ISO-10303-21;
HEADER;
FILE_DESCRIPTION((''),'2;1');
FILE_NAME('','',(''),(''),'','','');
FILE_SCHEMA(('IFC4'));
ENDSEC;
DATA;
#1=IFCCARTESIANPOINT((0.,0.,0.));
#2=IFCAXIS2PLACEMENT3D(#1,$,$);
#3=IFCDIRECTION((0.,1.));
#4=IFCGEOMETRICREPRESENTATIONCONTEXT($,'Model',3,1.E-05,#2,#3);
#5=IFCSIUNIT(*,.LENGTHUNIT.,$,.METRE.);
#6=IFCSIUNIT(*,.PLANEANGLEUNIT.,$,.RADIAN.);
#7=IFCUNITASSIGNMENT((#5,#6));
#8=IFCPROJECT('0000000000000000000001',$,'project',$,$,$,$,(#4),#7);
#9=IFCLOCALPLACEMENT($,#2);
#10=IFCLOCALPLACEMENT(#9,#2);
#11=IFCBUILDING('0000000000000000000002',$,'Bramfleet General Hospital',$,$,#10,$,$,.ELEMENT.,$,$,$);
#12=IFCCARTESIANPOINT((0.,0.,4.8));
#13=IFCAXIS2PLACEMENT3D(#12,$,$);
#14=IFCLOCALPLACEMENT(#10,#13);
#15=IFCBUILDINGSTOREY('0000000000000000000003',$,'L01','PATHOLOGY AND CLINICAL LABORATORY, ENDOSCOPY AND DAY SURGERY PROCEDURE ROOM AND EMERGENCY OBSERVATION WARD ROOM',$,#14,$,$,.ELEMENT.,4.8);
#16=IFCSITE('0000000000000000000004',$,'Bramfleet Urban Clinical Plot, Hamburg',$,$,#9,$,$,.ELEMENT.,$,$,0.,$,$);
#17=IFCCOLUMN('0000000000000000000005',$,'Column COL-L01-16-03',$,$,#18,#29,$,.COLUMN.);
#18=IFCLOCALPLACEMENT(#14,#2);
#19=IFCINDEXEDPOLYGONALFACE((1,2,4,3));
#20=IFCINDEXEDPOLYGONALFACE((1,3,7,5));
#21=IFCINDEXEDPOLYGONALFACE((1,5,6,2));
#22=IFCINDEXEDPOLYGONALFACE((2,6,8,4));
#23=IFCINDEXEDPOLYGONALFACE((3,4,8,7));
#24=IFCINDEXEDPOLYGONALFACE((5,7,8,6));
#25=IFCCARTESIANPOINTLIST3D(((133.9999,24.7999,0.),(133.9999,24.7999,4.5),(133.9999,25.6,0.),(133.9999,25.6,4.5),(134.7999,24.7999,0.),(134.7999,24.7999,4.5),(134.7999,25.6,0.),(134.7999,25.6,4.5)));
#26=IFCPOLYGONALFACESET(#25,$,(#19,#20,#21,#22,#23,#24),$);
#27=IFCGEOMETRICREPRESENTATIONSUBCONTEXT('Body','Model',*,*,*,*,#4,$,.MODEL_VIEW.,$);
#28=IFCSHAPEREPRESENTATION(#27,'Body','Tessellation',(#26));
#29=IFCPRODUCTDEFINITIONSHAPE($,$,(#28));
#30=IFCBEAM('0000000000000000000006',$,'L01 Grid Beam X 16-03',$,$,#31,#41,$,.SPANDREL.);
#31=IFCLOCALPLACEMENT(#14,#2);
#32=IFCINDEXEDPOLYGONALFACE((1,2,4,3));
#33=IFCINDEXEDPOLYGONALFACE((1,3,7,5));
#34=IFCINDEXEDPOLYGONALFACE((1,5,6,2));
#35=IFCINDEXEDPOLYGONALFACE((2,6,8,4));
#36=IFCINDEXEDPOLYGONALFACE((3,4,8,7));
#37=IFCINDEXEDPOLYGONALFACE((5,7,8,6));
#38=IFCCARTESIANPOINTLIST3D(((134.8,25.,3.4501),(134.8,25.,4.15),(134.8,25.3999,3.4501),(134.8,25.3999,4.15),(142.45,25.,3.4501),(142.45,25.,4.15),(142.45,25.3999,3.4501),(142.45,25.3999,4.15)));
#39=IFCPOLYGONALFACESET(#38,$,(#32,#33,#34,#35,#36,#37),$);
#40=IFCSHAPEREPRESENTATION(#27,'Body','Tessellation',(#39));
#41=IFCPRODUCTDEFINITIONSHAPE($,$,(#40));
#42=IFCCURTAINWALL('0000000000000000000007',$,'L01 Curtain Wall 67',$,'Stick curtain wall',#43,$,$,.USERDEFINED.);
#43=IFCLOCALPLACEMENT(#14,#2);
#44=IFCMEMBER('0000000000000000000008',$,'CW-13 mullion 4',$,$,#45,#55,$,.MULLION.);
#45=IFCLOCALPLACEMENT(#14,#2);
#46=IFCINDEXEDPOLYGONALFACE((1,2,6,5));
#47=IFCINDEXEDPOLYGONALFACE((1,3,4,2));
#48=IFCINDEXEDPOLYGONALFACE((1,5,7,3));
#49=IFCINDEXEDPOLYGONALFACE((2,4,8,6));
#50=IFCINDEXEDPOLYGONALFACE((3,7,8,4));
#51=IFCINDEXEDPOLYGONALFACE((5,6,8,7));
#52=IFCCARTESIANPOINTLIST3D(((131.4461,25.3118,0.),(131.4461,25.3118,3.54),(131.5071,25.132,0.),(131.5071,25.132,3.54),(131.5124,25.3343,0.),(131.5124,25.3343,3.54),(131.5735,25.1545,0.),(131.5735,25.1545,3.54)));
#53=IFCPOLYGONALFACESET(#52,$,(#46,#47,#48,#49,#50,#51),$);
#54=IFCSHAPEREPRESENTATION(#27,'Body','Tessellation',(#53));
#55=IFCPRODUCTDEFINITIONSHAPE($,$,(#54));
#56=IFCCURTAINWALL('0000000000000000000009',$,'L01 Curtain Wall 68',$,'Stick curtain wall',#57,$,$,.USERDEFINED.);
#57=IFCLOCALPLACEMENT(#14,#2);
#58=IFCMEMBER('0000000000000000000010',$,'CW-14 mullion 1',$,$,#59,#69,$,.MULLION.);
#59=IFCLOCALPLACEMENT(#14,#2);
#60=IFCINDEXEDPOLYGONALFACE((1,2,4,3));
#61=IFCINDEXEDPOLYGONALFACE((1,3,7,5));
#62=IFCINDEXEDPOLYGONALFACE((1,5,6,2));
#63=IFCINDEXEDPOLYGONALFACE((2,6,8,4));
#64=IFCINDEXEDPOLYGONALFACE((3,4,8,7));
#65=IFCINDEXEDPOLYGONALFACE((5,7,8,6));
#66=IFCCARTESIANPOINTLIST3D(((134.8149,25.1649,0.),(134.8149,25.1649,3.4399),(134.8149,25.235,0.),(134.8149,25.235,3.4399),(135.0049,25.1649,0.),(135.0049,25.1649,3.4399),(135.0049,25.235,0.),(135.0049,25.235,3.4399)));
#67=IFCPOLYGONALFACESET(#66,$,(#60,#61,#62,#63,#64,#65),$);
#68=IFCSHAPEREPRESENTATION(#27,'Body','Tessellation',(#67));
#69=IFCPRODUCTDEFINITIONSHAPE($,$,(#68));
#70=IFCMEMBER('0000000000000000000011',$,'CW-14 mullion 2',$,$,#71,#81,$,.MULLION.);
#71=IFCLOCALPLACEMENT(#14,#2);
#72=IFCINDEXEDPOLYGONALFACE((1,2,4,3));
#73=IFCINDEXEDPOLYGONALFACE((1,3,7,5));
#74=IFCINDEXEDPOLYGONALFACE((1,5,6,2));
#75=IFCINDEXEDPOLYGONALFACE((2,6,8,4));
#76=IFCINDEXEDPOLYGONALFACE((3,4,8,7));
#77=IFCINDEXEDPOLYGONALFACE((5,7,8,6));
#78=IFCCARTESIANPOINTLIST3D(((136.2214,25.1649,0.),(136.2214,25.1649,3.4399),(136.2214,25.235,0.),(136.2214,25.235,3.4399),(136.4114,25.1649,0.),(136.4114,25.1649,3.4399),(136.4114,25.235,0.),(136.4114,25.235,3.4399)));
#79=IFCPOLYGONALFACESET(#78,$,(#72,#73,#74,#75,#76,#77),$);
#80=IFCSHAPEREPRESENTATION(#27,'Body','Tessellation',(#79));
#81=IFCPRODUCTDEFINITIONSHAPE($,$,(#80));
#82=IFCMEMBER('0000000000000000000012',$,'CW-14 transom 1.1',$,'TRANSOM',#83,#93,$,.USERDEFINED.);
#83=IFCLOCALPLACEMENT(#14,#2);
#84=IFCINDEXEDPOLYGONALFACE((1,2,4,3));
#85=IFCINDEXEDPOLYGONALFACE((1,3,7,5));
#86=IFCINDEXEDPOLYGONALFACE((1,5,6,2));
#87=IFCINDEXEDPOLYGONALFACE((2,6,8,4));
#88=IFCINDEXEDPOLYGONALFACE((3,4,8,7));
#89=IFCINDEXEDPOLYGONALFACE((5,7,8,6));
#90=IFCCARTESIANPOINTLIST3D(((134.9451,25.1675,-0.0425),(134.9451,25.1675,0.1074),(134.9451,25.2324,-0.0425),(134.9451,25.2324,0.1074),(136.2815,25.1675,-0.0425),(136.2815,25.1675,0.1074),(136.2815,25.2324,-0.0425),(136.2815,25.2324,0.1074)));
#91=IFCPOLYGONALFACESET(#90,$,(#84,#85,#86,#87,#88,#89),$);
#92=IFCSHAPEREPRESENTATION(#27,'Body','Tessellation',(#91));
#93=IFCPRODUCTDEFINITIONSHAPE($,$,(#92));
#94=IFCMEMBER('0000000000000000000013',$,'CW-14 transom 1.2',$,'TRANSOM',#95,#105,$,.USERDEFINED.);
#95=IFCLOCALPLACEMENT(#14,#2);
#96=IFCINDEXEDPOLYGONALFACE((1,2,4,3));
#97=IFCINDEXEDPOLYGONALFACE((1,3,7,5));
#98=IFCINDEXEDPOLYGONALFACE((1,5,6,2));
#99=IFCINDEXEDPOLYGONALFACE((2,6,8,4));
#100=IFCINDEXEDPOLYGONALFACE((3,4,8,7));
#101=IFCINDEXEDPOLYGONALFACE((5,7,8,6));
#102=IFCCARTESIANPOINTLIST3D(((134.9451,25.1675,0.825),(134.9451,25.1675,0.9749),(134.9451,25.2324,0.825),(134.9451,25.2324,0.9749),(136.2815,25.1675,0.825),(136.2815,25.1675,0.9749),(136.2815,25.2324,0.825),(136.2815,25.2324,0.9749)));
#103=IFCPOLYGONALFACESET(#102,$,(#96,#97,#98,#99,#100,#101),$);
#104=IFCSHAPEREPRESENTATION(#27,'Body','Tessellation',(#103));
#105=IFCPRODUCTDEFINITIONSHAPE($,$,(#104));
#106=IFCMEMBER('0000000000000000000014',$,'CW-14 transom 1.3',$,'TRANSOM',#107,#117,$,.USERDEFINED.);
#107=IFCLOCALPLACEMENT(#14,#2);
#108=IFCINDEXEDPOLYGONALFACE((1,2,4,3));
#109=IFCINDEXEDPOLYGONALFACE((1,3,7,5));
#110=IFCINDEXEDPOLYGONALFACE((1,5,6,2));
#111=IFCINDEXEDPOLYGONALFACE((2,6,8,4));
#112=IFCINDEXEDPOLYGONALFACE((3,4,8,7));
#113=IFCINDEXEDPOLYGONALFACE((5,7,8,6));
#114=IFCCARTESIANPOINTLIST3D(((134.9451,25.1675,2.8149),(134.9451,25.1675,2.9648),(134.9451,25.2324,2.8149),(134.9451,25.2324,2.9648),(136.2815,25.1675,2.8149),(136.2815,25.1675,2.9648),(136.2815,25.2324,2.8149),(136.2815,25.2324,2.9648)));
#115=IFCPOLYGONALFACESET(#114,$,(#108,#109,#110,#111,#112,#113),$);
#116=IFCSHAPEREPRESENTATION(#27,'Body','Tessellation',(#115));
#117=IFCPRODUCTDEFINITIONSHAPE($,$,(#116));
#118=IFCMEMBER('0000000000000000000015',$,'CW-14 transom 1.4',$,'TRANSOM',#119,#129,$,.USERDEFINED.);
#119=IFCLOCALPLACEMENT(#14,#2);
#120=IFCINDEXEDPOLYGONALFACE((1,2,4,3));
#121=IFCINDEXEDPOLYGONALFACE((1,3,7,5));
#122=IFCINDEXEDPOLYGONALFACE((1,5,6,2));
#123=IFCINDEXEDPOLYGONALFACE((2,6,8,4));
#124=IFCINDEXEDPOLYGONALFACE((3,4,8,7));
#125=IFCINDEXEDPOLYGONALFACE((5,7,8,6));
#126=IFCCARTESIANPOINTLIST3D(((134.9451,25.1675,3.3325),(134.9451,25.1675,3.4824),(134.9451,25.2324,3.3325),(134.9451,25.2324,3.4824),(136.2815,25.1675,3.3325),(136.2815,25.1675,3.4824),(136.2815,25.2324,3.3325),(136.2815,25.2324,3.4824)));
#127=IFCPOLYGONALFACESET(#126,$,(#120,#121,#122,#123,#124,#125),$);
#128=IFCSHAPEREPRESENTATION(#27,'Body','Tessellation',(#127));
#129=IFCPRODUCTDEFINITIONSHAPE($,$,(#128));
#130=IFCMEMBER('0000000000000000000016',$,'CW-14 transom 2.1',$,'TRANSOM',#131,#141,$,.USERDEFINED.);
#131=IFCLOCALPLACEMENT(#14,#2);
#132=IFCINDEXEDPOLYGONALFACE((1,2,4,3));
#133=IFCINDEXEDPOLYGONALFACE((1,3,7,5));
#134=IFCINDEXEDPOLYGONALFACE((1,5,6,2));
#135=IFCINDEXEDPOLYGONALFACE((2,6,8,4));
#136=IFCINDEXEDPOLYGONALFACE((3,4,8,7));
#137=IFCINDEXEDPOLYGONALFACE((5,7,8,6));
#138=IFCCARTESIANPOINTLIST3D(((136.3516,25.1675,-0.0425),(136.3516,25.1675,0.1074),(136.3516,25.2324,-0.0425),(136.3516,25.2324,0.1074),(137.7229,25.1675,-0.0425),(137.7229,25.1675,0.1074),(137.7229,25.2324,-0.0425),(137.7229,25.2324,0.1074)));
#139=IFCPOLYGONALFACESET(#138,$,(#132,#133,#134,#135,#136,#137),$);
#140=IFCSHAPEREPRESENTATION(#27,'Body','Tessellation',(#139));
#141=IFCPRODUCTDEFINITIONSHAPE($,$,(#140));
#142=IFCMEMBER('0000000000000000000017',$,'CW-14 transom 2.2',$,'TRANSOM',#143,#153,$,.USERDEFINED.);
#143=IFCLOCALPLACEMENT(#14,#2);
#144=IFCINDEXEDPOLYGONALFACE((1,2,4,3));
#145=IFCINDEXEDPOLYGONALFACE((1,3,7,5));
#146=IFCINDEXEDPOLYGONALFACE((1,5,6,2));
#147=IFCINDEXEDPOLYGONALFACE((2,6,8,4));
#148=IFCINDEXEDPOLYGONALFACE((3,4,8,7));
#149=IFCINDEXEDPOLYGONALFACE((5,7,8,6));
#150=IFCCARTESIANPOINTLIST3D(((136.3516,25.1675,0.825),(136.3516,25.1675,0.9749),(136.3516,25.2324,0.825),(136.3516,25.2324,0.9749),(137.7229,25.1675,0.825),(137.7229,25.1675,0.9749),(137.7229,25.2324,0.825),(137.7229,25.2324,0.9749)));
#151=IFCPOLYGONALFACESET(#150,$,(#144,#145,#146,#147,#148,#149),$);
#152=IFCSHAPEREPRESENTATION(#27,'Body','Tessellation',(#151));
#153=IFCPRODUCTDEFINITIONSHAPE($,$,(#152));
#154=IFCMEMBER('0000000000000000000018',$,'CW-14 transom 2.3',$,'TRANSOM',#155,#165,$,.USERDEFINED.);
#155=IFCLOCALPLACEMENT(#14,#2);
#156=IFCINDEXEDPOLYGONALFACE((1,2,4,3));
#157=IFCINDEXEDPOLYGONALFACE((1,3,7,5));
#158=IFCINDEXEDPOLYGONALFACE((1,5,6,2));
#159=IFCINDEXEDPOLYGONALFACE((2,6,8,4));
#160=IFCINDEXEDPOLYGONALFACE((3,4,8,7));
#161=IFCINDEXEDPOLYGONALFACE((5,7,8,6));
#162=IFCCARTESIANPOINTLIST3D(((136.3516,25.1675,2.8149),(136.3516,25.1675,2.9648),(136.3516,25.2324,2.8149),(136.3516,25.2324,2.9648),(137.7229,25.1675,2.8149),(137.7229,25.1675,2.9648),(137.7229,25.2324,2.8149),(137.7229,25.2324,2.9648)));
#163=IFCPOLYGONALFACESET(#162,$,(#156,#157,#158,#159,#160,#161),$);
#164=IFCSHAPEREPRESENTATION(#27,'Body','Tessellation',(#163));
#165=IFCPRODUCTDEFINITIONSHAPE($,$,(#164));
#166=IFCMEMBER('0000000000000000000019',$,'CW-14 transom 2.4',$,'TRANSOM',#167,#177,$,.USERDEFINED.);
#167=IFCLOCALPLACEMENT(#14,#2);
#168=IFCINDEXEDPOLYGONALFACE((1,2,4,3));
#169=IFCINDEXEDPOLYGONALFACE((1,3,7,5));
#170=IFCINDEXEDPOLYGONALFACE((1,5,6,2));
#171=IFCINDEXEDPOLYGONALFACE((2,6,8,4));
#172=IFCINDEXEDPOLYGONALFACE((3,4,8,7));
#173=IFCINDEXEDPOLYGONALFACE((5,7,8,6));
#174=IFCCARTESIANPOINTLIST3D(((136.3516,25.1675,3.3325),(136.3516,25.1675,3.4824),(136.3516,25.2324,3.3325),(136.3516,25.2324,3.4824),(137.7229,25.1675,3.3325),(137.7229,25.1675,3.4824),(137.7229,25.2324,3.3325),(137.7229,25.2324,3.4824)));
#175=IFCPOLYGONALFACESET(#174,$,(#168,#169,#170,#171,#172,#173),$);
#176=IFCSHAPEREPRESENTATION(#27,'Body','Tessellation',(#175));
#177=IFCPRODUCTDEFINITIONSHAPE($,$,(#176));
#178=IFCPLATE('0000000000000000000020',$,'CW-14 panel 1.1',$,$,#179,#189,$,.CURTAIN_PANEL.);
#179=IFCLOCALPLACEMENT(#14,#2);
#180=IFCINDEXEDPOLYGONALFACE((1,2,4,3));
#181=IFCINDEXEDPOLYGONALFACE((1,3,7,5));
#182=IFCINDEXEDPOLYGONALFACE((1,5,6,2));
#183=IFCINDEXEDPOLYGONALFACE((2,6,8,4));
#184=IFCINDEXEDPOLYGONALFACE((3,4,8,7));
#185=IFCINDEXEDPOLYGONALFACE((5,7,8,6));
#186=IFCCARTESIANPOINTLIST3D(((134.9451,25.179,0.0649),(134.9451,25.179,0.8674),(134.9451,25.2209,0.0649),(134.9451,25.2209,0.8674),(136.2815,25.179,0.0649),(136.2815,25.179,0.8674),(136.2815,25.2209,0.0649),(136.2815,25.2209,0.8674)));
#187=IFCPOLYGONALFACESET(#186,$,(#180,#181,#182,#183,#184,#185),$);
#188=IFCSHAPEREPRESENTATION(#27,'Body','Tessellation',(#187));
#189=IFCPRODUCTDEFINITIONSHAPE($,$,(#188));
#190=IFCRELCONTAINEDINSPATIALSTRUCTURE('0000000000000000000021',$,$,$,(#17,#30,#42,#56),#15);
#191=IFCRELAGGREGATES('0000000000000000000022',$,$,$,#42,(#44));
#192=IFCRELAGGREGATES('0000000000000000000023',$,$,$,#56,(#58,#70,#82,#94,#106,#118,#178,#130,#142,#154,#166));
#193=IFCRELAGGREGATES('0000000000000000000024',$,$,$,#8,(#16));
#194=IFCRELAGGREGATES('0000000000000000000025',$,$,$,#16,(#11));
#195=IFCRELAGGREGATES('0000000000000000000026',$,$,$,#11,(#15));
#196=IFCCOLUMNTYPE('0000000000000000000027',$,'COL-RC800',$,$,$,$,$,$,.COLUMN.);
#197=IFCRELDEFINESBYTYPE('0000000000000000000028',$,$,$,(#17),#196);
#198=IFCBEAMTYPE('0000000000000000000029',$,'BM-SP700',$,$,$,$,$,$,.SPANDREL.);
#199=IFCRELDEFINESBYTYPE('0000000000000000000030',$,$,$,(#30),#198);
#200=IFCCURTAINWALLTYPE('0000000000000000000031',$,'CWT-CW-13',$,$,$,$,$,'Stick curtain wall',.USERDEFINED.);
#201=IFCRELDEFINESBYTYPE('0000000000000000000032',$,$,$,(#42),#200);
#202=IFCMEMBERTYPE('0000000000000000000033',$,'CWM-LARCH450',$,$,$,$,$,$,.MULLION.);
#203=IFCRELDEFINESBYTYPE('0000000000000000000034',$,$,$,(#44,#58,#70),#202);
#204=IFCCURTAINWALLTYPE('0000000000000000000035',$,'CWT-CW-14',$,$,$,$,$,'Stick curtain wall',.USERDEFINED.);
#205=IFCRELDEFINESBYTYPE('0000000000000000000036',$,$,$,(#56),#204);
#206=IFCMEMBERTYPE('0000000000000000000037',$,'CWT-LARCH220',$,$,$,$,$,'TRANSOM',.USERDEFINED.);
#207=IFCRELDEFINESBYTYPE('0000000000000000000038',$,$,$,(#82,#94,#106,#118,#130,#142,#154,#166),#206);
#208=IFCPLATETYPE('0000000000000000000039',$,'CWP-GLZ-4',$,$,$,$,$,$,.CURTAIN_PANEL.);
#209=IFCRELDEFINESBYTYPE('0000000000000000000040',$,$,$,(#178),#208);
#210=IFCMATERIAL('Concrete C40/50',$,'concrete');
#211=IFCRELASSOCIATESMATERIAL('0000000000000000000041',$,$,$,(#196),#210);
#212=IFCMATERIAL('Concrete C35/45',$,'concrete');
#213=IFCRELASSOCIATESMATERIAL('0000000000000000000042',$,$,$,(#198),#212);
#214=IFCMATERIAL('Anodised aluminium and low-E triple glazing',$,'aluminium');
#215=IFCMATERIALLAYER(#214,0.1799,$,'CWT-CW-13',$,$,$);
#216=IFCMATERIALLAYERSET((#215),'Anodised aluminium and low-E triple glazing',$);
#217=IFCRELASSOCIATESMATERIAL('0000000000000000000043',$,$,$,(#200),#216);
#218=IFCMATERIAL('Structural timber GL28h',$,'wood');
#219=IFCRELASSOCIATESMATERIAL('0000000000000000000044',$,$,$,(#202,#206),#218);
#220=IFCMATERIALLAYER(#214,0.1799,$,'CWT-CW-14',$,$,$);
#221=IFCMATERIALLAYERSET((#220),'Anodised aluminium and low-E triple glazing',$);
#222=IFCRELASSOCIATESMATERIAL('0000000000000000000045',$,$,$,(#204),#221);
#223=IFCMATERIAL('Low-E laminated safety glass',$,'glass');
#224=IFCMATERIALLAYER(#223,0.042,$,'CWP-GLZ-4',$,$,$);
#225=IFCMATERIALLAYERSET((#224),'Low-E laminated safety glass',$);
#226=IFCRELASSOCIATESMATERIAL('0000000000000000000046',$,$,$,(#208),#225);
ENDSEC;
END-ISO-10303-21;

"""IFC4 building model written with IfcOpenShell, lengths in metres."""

from ifc_helpers import new_model, si_unit, direction, frame, origin, origin_2d, place, context, subcontext, project, spatial, rectangle, extrude, material, layer, layer_set, material_profile, profile_set, type_object, element, aggregate, save


model = new_model("IFC4")

# Units and contexts
model_context = context("Model", 3, precision=1e-05, world=origin(), true_north=direction((0.0, 1.0)))
body_context = subcontext(model_context, "Body", "Model", "MODEL_VIEW")
ifc_project = project(units=[si_unit("LENGTHUNIT", "METRE"), si_unit("PLANEANGLEUNIT", "RADIAN")], contexts=[model_context])

# Site, building, storey
site_placement = place(None, origin())
site = spatial("IfcSite", under=ifc_project, at=site_placement, Name="Bramfleet Urban Clinical Plot, Hamburg", CompositionType="ELEMENT", RefElevation=0.0)
building_placement = place(site_placement, origin())
building = spatial("IfcBuilding", under=site, at=building_placement, Name="Bramfleet General Hospital", CompositionType="ELEMENT")
storey_placement = place(building_placement, frame((0.0, 0.0, 4.8)))
storey = spatial("IfcBuildingStorey", under=building, at=storey_placement, Name="L01", Description="PATHOLOGY AND CLINICAL LABORATORY, ENDOSCOPY AND DAY SURGERY PROCEDURE ROOM AND EMERGENCY OBSERVATION WARD ROOM", CompositionType="ELEMENT", Elevation=4.8)

# Column
ifc_material_1 = material(Name="Concrete C40/50", Category="concrete")
ifc_material_profile_1 = material_profile(ifc_material_1, rectangle(XDim=0.8, YDim=0.8, at=origin_2d()), Name="RC COL 800x800")
ifc_profile_set_1 = profile_set([ifc_material_profile_1], Name="Concrete C40/50")
column_type = type_object("IfcColumnType", Name="COL-RC800", PredefinedType="COLUMN", material=ifc_profile_set_1)
column_placement = place(storey_placement, frame((134.3999, 25.2, 0.0), z_axis=(0.0, 0.0, 1.0), x_axis=(1.0, 0.0, 0.0)))
element("IfcColumn", 1, at=column_placement, inside=storey, type_object=column_type, Name="Column COL-L01-16-03", PredefinedType="COLUMN", context=body_context, shape_type="SweptSolid", body=[
    extrude(rectangle(XDim=0.8, YDim=0.8, at=origin_2d()), origin(), (0.0, 0.0, 1.0), 4.5),
])

# Beam
ifc_material_2 = material(Name="Concrete C35/45", Category="concrete")
ifc_material_profile_2 = material_profile(ifc_material_2, rectangle(XDim=0.3999, YDim=0.7, at=origin_2d()), Name="RC SP 700x400")
ifc_profile_set_2 = profile_set([ifc_material_profile_2], Name="Concrete C35/45")
beam_type = type_object("IfcBeamType", Name="BM-SP700", PredefinedType="SPANDREL", material=ifc_profile_set_2)
beam_placement = place(storey_placement, frame((134.8, 25.2, 3.8), z_axis=(1.0, 0.0, 0.0), x_axis=(0.0, 1.0, 0.0)))
element("IfcBeam", 2, at=beam_placement, inside=storey, type_object=beam_type, Name="L01 Grid Beam X 16-03", PredefinedType="SPANDREL", context=body_context, shape_type="SweptSolid", body=[
    extrude(rectangle(XDim=0.3999, YDim=0.7, at=origin_2d()), origin(), (0.0, 0.0, 1.0), 7.6499),
])

# Curtain wall, member
ifc_material_3 = material(Name="Anodised aluminium and low-E triple glazing", Category="aluminium")
ifc_layer_1 = layer(ifc_material_3, 0.1799, Name="CWT-CW-13")
ifc_layer_set_1 = layer_set([ifc_layer_1], Name="Anodised aluminium and low-E triple glazing")
curtain_wall_type_1 = type_object("IfcCurtainWallType", Name="CWT-CW-13", ElementType="Stick curtain wall", PredefinedType="USERDEFINED", material=ifc_layer_set_1)
curtain_wall_1_placement = place(storey_placement, origin())
curtain_wall_1 = element("IfcCurtainWall", 3, at=curtain_wall_1_placement, inside=storey, type_object=curtain_wall_type_1, Name="L01 Curtain Wall 67", ObjectType="Stick curtain wall", PredefinedType="USERDEFINED")
ifc_material_4 = material(Name="Structural timber GL28h", Category="wood")
ifc_material_profile_3 = material_profile(ifc_material_4, rectangle(XDim=0.0701, YDim=0.1899, at=origin_2d()), Name="LARCH 190x70")
ifc_profile_set_3 = profile_set([ifc_material_profile_3], Name="Structural timber GL28h")
member_type_1 = type_object("IfcMemberType", Name="CWM-LARCH450", PredefinedType="MULLION", material=ifc_profile_set_3)
member_1_placement = place(storey_placement, frame((131.5098, 25.2332, 0.0), z_axis=(0.0, 0.0, 1.0), x_axis=(0.946982, 0.321286, 0.0)))
member_1 = element("IfcMember", 4, at=member_1_placement, type_object=member_type_1, Name="CW-13 mullion 4", PredefinedType="MULLION", context=body_context, shape_type="SweptSolid", body=[
    extrude(rectangle(XDim=0.0701, YDim=0.1899, at=origin_2d()), origin(), (0.0, 0.0, 1.0), 3.54),
])
aggregate(curtain_wall_1, [member_1])

# Curtain wall, members, plate
ifc_layer_2 = layer(ifc_material_3, 0.1799, Name="CWT-CW-14")
ifc_layer_set_2 = layer_set([ifc_layer_2], Name="Anodised aluminium and low-E triple glazing")
curtain_wall_type_2 = type_object("IfcCurtainWallType", Name="CWT-CW-14", ElementType="Stick curtain wall", PredefinedType="USERDEFINED", material=ifc_layer_set_2)
curtain_wall_2_placement = place(storey_placement, origin())
curtain_wall_2 = element("IfcCurtainWall", 5, at=curtain_wall_2_placement, inside=storey, type_object=curtain_wall_type_2, Name="L01 Curtain Wall 68", ObjectType="Stick curtain wall", PredefinedType="USERDEFINED")
member_2_placement = place(storey_placement, frame((134.9099, 25.2, 0.0), z_axis=(0.0, 0.0, 1.0), x_axis=(0.0, 1.0, 0.0)))
member_2 = element("IfcMember", 6, at=member_2_placement, type_object=member_type_1, Name="CW-14 mullion 1", PredefinedType="MULLION", context=body_context, shape_type="SweptSolid", body=[
    extrude(rectangle(XDim=0.0701, YDim=0.1899, at=origin_2d()), origin(), (0.0, 0.0, 1.0), 3.4399),
])
member_3_placement = place(storey_placement, frame((136.3164, 25.2, 0.0), z_axis=(0.0, 0.0, 1.0), x_axis=(0.0, 1.0, 0.0)))
member_3 = element("IfcMember", 7, at=member_3_placement, type_object=member_type_1, Name="CW-14 mullion 2", PredefinedType="MULLION", context=body_context, shape_type="SweptSolid", body=[
    extrude(rectangle(XDim=0.0701, YDim=0.1899, at=origin_2d()), origin(), (0.0, 0.0, 1.0), 3.4399),
])
ifc_material_profile_4 = material_profile(ifc_material_4, rectangle(XDim=0.0649, YDim=0.1499, at=origin_2d()), Name="LARCH 150x65")
ifc_profile_set_4 = profile_set([ifc_material_profile_4], Name="Structural timber GL28h")
member_type_2 = type_object("IfcMemberType", Name="CWT-LARCH220", ElementType="TRANSOM", PredefinedType="USERDEFINED", material=ifc_profile_set_4)
member_4_placement = place(storey_placement, frame((134.9451, 25.2, 0.0325), z_axis=(1.0, 0.0, 0.0), x_axis=(0.0, 1.0, 0.0)))
member_4 = element("IfcMember", 8, at=member_4_placement, type_object=member_type_2, Name="CW-14 transom 1.1", ObjectType="TRANSOM", PredefinedType="USERDEFINED", context=body_context, shape_type="SweptSolid", body=[
    extrude(rectangle(XDim=0.0649, YDim=0.1499, at=origin_2d()), origin(), (0.0, 0.0, 1.0), 1.3364),
])
member_5_placement = place(storey_placement, frame((134.9451, 25.2, 0.8999), z_axis=(1.0, 0.0, 0.0), x_axis=(0.0, 1.0, 0.0)))
member_5 = element("IfcMember", 9, at=member_5_placement, type_object=member_type_2, Name="CW-14 transom 1.2", ObjectType="TRANSOM", PredefinedType="USERDEFINED", context=body_context, shape_type="SweptSolid", body=[
    extrude(rectangle(XDim=0.0649, YDim=0.1499, at=origin_2d()), origin(), (0.0, 0.0, 1.0), 1.3364),
])
member_6_placement = place(storey_placement, frame((134.9451, 25.2, 2.8899), z_axis=(1.0, 0.0, 0.0), x_axis=(0.0, 1.0, 0.0)))
member_6 = element("IfcMember", 10, at=member_6_placement, type_object=member_type_2, Name="CW-14 transom 1.3", ObjectType="TRANSOM", PredefinedType="USERDEFINED", context=body_context, shape_type="SweptSolid", body=[
    extrude(rectangle(XDim=0.0649, YDim=0.1499, at=origin_2d()), origin(), (0.0, 0.0, 1.0), 1.3364),
])
member_7_placement = place(storey_placement, frame((134.9451, 25.2, 3.4075), z_axis=(1.0, 0.0, 0.0), x_axis=(0.0, 1.0, 0.0)))
member_7 = element("IfcMember", 11, at=member_7_placement, type_object=member_type_2, Name="CW-14 transom 1.4", ObjectType="TRANSOM", PredefinedType="USERDEFINED", context=body_context, shape_type="SweptSolid", body=[
    extrude(rectangle(XDim=0.0649, YDim=0.1499, at=origin_2d()), origin(), (0.0, 0.0, 1.0), 1.3364),
])
member_8_placement = place(storey_placement, frame((136.3516, 25.2, 0.0325), z_axis=(1.0, 0.0, 0.0), x_axis=(0.0, 1.0, 0.0)))
member_8 = element("IfcMember", 12, at=member_8_placement, type_object=member_type_2, Name="CW-14 transom 2.1", ObjectType="TRANSOM", PredefinedType="USERDEFINED", context=body_context, shape_type="SweptSolid", body=[
    extrude(rectangle(XDim=0.0649, YDim=0.1499, at=origin_2d()), origin(), (0.0, 0.0, 1.0), 1.3713),
])
member_9_placement = place(storey_placement, frame((136.3516, 25.2, 0.8999), z_axis=(1.0, 0.0, 0.0), x_axis=(0.0, 1.0, 0.0)))
member_9 = element("IfcMember", 13, at=member_9_placement, type_object=member_type_2, Name="CW-14 transom 2.2", ObjectType="TRANSOM", PredefinedType="USERDEFINED", context=body_context, shape_type="SweptSolid", body=[
    extrude(rectangle(XDim=0.0649, YDim=0.1499, at=origin_2d()), origin(), (0.0, 0.0, 1.0), 1.3713),
])
member_10_placement = place(storey_placement, frame((136.3516, 25.2, 2.8899), z_axis=(1.0, 0.0, 0.0), x_axis=(0.0, 1.0, 0.0)))
member_10 = element("IfcMember", 14, at=member_10_placement, type_object=member_type_2, Name="CW-14 transom 2.3", ObjectType="TRANSOM", PredefinedType="USERDEFINED", context=body_context, shape_type="SweptSolid", body=[
    extrude(rectangle(XDim=0.0649, YDim=0.1499, at=origin_2d()), origin(), (0.0, 0.0, 1.0), 1.3713),
])
member_11_placement = place(storey_placement, frame((136.3516, 25.2, 3.4075), z_axis=(1.0, 0.0, 0.0), x_axis=(0.0, 1.0, 0.0)))
member_11 = element("IfcMember", 15, at=member_11_placement, type_object=member_type_2, Name="CW-14 transom 2.4", ObjectType="TRANSOM", PredefinedType="USERDEFINED", context=body_context, shape_type="SweptSolid", body=[
    extrude(rectangle(XDim=0.0649, YDim=0.1499, at=origin_2d()), origin(), (0.0, 0.0, 1.0), 1.3713),
])
ifc_material_5 = material(Name="Low-E laminated safety glass", Category="glass")
ifc_layer_3 = layer(ifc_material_5, 0.042, Name="CWP-GLZ-4")
ifc_layer_set_3 = layer_set([ifc_layer_3], Name="Low-E laminated safety glass")
plate_type = type_object("IfcPlateType", Name="CWP-GLZ-4", PredefinedType="CURTAIN_PANEL", material=ifc_layer_set_3)
plate_1_placement = place(storey_placement, frame((135.6133, 25.2, 0.0649), z_axis=(0.0, 0.0, 1.0), x_axis=(1.0, 0.0, 0.0)))
plate_1 = element("IfcPlate", 16, at=plate_1_placement, type_object=plate_type, Name="CW-14 panel 1.1", PredefinedType="CURTAIN_PANEL", context=body_context, shape_type="SweptSolid", body=[
    extrude(rectangle(XDim=1.3364, YDim=0.042, at=origin_2d()), origin(), (0.0, 0.0, 1.0), 0.8025),
])
aggregate(curtain_wall_2, [member_2, member_3, member_4, member_5, member_6, member_7, plate_1, member_8, member_9, member_10, member_11])

save(model, "model.ifc")
